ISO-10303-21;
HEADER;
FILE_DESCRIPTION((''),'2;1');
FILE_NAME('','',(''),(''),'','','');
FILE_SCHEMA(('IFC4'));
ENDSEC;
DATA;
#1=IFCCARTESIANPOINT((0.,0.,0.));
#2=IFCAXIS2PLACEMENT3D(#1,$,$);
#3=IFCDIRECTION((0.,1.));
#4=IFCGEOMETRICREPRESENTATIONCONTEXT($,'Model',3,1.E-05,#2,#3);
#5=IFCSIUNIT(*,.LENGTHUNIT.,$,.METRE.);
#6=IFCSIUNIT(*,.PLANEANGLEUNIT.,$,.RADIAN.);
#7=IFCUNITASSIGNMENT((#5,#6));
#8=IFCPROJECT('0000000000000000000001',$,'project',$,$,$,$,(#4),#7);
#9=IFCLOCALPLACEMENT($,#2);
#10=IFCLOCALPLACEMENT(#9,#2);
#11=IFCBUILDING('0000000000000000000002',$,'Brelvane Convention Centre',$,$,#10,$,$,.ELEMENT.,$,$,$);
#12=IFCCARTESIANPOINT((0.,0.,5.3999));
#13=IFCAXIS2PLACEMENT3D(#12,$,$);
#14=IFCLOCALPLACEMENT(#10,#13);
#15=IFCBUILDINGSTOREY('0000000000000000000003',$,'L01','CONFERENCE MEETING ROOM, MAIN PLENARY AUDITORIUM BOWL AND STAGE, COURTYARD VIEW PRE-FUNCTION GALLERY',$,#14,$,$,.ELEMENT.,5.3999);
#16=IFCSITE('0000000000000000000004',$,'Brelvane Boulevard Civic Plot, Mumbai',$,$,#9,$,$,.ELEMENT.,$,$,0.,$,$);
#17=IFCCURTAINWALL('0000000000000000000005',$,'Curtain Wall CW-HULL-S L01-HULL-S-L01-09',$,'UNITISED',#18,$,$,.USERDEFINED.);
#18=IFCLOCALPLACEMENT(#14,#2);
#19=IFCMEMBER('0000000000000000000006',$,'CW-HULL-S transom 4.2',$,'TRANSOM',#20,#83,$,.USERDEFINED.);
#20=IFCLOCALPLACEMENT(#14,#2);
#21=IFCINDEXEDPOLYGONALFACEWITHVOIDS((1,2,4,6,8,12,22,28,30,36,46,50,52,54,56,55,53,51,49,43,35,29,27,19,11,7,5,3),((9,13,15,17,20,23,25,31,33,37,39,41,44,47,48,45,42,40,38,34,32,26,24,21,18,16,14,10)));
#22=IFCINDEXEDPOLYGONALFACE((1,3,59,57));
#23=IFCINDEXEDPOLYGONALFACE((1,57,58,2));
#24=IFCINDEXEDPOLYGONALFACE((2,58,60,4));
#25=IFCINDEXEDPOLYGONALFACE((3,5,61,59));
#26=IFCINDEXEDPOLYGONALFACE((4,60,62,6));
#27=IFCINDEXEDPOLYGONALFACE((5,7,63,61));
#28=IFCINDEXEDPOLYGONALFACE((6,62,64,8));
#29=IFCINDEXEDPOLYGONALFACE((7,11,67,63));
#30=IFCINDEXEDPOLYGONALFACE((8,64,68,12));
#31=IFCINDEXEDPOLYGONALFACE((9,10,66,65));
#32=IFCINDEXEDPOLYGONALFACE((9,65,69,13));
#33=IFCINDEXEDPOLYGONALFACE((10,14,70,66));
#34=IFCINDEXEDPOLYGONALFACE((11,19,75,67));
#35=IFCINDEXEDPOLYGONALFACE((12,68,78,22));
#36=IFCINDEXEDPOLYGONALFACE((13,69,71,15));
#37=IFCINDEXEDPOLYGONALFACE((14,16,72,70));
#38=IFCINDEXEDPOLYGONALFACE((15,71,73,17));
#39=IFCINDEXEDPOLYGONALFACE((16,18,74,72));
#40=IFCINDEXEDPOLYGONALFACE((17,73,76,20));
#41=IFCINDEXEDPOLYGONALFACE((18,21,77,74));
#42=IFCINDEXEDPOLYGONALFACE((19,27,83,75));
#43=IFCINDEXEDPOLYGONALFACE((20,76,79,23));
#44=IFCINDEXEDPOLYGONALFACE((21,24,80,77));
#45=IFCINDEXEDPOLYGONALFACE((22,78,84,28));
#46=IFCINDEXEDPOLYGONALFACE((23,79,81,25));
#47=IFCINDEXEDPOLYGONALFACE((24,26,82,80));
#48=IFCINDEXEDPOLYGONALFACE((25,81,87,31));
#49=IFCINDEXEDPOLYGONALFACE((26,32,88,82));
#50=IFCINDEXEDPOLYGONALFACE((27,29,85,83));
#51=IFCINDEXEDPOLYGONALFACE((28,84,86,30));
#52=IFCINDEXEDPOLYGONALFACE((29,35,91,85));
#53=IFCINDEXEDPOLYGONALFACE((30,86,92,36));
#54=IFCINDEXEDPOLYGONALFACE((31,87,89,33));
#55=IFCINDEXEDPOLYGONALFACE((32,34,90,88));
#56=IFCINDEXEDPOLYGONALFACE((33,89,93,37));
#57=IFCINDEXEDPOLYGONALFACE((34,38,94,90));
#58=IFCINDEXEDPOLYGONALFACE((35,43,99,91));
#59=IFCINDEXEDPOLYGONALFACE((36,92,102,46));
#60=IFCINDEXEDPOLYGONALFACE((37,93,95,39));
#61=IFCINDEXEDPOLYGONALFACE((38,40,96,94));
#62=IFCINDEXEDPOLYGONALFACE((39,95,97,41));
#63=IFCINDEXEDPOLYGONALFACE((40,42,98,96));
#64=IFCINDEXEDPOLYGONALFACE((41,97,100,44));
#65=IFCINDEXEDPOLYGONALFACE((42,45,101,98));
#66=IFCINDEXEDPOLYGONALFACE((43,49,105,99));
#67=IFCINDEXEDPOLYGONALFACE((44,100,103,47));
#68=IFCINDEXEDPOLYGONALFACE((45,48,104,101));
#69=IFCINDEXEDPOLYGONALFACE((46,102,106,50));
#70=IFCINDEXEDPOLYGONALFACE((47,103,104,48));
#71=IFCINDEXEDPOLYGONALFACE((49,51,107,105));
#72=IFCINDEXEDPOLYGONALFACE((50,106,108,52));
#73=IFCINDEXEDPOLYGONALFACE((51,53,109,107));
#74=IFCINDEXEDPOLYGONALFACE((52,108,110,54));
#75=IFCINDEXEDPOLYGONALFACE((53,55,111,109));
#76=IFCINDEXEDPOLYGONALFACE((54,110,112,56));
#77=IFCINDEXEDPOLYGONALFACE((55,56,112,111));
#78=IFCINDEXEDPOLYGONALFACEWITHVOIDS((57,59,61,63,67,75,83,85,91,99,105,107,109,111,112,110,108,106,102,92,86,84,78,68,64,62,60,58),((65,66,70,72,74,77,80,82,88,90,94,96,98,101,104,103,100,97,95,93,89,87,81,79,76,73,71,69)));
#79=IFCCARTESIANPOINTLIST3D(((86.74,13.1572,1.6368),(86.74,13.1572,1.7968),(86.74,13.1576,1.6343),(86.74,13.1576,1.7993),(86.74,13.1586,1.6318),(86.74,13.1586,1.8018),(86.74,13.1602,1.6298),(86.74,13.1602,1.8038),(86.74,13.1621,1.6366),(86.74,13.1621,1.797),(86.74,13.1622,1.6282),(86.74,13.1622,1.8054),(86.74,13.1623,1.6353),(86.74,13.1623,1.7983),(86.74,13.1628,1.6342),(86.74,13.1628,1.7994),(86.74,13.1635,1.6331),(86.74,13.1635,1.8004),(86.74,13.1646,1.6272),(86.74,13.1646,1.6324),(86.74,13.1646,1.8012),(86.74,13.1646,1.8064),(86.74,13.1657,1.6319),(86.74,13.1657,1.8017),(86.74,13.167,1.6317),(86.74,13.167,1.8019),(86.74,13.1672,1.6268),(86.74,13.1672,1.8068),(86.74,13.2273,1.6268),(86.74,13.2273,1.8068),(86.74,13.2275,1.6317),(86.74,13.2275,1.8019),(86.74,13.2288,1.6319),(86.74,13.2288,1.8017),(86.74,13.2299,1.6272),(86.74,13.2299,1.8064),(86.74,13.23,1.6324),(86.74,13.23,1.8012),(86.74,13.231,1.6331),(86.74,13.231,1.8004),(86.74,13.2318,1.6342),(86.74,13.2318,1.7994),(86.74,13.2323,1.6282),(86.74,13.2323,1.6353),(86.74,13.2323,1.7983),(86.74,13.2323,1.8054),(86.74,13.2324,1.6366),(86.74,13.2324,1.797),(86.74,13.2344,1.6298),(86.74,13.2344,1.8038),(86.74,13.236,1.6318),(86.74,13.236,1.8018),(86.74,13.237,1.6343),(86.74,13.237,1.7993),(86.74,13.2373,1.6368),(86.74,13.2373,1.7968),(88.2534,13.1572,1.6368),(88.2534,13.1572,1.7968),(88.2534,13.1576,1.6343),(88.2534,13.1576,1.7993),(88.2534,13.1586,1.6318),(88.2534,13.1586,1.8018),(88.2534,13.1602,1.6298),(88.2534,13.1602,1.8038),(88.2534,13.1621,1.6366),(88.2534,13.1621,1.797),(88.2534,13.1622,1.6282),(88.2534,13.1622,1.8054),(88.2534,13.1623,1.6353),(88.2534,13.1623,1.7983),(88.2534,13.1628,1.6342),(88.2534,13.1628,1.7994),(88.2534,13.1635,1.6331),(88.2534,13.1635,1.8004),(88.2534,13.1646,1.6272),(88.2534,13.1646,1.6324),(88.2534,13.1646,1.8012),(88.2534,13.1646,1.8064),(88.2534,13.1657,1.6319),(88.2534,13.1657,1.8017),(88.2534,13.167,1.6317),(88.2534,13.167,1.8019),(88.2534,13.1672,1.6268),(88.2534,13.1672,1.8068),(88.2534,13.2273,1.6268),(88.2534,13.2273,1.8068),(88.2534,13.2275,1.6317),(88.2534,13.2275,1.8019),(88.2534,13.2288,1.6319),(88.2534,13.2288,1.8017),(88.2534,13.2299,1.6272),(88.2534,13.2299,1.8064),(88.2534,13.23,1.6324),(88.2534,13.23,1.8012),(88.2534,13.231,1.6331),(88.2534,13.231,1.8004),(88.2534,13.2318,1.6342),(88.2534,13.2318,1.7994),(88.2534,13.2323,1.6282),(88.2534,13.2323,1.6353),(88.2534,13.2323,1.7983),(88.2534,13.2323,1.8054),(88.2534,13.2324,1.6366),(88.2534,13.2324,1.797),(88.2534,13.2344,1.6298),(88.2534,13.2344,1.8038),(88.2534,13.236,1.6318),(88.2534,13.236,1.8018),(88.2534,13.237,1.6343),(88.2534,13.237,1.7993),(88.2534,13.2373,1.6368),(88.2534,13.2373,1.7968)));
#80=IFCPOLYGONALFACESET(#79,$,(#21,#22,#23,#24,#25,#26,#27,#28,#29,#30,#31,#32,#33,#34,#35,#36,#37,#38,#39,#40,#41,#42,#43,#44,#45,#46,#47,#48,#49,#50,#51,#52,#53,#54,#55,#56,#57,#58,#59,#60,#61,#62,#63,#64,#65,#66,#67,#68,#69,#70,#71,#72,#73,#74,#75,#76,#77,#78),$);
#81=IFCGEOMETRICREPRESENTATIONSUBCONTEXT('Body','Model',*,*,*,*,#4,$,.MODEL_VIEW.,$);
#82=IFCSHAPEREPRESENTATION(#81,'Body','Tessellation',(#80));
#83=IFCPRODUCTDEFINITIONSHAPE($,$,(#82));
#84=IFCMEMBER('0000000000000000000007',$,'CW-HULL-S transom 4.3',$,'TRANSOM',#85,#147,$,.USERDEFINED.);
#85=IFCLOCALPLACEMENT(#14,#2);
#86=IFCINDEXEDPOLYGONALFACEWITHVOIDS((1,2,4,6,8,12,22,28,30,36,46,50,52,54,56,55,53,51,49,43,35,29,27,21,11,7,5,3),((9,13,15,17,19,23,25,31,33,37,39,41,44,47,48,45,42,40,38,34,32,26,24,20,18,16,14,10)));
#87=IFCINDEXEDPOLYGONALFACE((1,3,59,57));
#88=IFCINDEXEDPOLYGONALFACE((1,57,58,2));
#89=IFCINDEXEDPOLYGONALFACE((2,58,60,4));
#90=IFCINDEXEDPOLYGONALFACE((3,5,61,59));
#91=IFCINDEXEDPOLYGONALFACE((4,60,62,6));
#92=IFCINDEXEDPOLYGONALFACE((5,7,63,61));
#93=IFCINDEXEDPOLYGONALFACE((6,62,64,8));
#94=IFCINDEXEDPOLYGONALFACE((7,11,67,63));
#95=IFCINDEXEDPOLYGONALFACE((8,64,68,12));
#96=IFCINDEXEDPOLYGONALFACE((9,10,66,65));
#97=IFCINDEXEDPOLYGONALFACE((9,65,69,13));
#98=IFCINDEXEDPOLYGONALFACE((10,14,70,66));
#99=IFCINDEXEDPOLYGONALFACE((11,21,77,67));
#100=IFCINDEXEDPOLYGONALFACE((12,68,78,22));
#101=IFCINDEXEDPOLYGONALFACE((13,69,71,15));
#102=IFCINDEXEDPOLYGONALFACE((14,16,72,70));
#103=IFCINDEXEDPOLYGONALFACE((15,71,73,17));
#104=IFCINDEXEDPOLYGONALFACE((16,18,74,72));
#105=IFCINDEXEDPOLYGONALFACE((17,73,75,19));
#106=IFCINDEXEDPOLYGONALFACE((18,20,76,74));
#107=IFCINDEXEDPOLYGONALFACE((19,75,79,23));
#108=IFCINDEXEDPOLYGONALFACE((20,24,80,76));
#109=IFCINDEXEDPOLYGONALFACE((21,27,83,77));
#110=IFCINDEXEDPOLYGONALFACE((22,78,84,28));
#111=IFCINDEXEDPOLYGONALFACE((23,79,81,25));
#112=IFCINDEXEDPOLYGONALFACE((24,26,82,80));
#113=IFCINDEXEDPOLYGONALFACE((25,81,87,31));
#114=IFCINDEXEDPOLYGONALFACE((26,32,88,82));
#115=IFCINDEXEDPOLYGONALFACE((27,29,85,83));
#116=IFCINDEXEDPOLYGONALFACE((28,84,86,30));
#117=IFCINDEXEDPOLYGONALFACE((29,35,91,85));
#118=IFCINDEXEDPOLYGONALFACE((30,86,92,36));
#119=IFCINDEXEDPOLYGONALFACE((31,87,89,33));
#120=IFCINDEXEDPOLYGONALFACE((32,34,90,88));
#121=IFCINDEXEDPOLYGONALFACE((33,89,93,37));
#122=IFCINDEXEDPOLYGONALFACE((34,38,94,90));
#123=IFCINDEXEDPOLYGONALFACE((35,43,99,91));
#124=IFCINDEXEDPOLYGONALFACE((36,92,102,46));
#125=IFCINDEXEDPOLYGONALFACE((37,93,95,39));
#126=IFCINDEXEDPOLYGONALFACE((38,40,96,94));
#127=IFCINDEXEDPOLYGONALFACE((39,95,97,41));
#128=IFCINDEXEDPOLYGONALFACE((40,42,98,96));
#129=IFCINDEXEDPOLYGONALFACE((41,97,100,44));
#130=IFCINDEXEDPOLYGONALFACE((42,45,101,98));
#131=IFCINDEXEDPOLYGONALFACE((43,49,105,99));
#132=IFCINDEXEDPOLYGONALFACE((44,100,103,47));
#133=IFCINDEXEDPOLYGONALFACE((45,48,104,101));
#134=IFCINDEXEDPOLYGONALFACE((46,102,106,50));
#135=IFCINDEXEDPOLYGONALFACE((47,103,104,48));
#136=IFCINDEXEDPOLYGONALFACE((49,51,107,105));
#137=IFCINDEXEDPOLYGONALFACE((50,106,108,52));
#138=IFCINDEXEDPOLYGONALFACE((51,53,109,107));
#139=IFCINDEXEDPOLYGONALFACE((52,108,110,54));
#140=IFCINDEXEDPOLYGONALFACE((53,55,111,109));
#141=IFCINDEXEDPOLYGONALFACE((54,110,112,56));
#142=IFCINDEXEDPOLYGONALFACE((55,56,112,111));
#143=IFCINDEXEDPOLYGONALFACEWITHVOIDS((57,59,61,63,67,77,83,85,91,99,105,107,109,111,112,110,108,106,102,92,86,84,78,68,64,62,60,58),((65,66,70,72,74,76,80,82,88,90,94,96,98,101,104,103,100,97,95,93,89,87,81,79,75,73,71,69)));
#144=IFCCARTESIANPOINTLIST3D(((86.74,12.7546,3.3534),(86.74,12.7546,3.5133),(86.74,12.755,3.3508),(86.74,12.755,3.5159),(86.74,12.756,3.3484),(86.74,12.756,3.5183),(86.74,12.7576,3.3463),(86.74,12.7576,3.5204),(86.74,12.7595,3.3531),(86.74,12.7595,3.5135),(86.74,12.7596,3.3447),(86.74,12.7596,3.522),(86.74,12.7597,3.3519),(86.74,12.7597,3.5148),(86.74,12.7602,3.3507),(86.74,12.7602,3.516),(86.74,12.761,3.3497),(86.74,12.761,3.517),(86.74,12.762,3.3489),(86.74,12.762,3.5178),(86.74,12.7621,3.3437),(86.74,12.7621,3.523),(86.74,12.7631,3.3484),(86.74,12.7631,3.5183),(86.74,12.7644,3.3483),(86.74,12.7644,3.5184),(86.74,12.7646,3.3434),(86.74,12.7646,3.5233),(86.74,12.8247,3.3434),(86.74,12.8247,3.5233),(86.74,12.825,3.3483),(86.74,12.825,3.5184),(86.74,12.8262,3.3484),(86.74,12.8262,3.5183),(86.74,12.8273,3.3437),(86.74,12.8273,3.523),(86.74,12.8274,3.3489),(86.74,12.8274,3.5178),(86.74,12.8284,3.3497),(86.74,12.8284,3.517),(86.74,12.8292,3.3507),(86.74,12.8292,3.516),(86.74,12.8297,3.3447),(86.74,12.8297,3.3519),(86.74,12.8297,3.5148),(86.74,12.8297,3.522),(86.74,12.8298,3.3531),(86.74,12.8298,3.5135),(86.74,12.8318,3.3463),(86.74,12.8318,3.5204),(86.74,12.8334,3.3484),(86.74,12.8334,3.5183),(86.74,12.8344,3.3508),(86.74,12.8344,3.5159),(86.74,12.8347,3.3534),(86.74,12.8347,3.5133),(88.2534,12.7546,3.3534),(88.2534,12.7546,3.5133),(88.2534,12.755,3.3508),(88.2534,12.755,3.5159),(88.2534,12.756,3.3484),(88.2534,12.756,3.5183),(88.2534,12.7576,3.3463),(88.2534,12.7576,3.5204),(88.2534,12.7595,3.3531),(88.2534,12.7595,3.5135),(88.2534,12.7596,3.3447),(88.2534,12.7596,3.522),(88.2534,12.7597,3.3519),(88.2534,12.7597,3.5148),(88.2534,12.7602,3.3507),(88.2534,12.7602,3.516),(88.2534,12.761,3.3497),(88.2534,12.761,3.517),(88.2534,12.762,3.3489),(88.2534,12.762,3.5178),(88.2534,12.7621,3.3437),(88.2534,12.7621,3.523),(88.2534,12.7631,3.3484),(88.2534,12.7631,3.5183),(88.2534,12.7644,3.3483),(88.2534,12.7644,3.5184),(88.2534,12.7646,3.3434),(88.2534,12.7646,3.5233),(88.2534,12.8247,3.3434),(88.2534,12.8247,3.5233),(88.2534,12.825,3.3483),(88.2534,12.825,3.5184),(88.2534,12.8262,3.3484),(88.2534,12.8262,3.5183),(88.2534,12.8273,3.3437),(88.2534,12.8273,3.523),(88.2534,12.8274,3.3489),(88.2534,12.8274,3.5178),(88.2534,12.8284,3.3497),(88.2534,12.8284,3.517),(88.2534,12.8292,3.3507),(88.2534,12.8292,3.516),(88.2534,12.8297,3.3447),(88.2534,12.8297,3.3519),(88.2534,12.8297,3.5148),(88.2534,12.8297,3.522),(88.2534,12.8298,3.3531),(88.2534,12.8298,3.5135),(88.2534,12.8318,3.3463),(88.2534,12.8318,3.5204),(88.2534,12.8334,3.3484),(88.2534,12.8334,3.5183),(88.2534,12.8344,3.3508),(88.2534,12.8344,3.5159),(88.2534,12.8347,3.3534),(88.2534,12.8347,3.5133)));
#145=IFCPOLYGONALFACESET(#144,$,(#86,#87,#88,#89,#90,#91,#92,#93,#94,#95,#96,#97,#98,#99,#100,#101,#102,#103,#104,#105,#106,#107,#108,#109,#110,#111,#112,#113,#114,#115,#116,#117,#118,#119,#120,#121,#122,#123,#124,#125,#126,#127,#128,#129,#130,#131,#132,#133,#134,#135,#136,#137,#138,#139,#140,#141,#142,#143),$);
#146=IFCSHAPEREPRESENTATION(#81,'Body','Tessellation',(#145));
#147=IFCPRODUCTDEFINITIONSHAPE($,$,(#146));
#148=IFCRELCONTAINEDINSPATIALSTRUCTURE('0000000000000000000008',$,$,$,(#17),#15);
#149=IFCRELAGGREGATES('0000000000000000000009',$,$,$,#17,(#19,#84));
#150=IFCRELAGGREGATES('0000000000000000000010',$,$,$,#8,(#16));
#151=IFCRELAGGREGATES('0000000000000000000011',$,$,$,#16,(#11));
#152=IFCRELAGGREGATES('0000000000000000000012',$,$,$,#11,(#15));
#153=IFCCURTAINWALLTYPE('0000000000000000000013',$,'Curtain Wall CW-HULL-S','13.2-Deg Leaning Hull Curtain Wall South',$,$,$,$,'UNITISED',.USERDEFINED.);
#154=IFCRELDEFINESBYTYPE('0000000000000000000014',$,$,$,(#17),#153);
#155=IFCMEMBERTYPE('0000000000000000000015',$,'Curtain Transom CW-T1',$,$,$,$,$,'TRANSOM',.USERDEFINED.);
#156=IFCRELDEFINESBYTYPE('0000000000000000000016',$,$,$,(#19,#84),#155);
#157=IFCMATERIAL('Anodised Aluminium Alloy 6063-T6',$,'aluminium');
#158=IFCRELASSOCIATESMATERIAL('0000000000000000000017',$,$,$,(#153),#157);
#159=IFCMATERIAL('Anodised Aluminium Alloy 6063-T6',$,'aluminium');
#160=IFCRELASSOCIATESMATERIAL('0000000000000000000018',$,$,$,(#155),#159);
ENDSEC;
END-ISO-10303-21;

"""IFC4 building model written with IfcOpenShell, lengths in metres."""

from ifc_helpers import new_model, si_unit, direction, frame, origin, origin_2d, place, context, subcontext, project, spatial, hollow_rectangle, extrude, material, material_profile, profile_set, type_object, element, aggregate, save


model = new_model("IFC4")

# Units and contexts
model_context = context("Model", 3, precision=1e-05, world=origin(), true_north=direction((0.0, 1.0)))
body_context = subcontext(model_context, "Body", "Model", "MODEL_VIEW")
ifc_project = project(units=[si_unit("LENGTHUNIT", "METRE"), si_unit("PLANEANGLEUNIT", "RADIAN")], contexts=[model_context])

# Site, building, storey
site_placement = place(None, origin())
site = spatial("IfcSite", under=ifc_project, at=site_placement, Name="Brelvane Boulevard Civic Plot, Mumbai", CompositionType="ELEMENT", RefElevation=0.0)
building_placement = place(site_placement, origin())
building = spatial("IfcBuilding", under=site, at=building_placement, Name="Brelvane Convention Centre", CompositionType="ELEMENT")
storey_placement = place(building_placement, frame((0.0, 0.0, 5.3999)))
storey = spatial("IfcBuildingStorey", under=building, at=storey_placement, Name="L01", Description="CONFERENCE MEETING ROOM, MAIN PLENARY AUDITORIUM BOWL AND STAGE, COURTYARD VIEW PRE-FUNCTION GALLERY", CompositionType="ELEMENT", Elevation=5.3999)

# Curtain wall, members
ifc_material_1 = material(Name="Anodised Aluminium Alloy 6063-T6", Category="aluminium")
curtain_wall_type = type_object("IfcCurtainWallType", Name="Curtain Wall CW-HULL-S", Description="13.2-Deg Leaning Hull Curtain Wall South", ElementType="UNITISED", PredefinedType="USERDEFINED", material=ifc_material_1)
curtain_wall_1_placement = place(storey_placement, origin())
curtain_wall_1 = element("IfcCurtainWall", 1, at=curtain_wall_1_placement, inside=storey, type_object=curtain_wall_type, Name="Curtain Wall CW-HULL-S L01-HULL-S-L01-09", ObjectType="UNITISED", PredefinedType="USERDEFINED")
ifc_material_2 = material(Name="Anodised Aluminium Alloy 6063-T6", Category="aluminium")
ifc_material_profile = material_profile(ifc_material_2, hollow_rectangle(XDim=0.0801, YDim=0.1799, WallThickness=0.0049, InnerFilletRadius=0.0049, OuterFilletRadius=0.01, at=origin_2d()), Name="ALU-T 180x80x5.0")
ifc_profile_set = profile_set([ifc_material_profile], Name="Anodised Aluminium Alloy 6063-T6")
member_type = type_object("IfcMemberType", Name="Curtain Transom CW-T1", ElementType="TRANSOM", PredefinedType="USERDEFINED", material=ifc_profile_set)
member_1_placement = place(storey_placement, frame((86.74, 13.1973, 1.7168), z_axis=(1.0, 0.0, 0.0), x_axis=(0.0, 1.0, 0.0)))
member_1 = element("IfcMember", 2, at=member_1_placement, type_object=member_type, Name="CW-HULL-S transom 4.2", ObjectType="TRANSOM", PredefinedType="USERDEFINED", context=body_context, shape_type="SweptSolid", body=[
    extrude(hollow_rectangle(XDim=0.0801, YDim=0.1799, WallThickness=0.0049, InnerFilletRadius=0.0049, OuterFilletRadius=0.01, at=origin_2d()), origin(), (0.0, 0.0, 1.0), 1.5134),
])
member_2_placement = place(storey_placement, frame((86.74, 12.7947, 3.4333), z_axis=(1.0, 0.0, 0.0), x_axis=(0.0, 1.0, 0.0)))
member_2 = element("IfcMember", 3, at=member_2_placement, type_object=member_type, Name="CW-HULL-S transom 4.3", ObjectType="TRANSOM", PredefinedType="USERDEFINED", context=body_context, shape_type="SweptSolid", body=[
    extrude(hollow_rectangle(XDim=0.0801, YDim=0.1799, WallThickness=0.0049, InnerFilletRadius=0.0049, OuterFilletRadius=0.01, at=origin_2d()), origin(), (0.0, 0.0, 1.0), 1.5134),
])

aggregate(curtain_wall_1, [member_1, member_2])

save(model, "model.ifc")
